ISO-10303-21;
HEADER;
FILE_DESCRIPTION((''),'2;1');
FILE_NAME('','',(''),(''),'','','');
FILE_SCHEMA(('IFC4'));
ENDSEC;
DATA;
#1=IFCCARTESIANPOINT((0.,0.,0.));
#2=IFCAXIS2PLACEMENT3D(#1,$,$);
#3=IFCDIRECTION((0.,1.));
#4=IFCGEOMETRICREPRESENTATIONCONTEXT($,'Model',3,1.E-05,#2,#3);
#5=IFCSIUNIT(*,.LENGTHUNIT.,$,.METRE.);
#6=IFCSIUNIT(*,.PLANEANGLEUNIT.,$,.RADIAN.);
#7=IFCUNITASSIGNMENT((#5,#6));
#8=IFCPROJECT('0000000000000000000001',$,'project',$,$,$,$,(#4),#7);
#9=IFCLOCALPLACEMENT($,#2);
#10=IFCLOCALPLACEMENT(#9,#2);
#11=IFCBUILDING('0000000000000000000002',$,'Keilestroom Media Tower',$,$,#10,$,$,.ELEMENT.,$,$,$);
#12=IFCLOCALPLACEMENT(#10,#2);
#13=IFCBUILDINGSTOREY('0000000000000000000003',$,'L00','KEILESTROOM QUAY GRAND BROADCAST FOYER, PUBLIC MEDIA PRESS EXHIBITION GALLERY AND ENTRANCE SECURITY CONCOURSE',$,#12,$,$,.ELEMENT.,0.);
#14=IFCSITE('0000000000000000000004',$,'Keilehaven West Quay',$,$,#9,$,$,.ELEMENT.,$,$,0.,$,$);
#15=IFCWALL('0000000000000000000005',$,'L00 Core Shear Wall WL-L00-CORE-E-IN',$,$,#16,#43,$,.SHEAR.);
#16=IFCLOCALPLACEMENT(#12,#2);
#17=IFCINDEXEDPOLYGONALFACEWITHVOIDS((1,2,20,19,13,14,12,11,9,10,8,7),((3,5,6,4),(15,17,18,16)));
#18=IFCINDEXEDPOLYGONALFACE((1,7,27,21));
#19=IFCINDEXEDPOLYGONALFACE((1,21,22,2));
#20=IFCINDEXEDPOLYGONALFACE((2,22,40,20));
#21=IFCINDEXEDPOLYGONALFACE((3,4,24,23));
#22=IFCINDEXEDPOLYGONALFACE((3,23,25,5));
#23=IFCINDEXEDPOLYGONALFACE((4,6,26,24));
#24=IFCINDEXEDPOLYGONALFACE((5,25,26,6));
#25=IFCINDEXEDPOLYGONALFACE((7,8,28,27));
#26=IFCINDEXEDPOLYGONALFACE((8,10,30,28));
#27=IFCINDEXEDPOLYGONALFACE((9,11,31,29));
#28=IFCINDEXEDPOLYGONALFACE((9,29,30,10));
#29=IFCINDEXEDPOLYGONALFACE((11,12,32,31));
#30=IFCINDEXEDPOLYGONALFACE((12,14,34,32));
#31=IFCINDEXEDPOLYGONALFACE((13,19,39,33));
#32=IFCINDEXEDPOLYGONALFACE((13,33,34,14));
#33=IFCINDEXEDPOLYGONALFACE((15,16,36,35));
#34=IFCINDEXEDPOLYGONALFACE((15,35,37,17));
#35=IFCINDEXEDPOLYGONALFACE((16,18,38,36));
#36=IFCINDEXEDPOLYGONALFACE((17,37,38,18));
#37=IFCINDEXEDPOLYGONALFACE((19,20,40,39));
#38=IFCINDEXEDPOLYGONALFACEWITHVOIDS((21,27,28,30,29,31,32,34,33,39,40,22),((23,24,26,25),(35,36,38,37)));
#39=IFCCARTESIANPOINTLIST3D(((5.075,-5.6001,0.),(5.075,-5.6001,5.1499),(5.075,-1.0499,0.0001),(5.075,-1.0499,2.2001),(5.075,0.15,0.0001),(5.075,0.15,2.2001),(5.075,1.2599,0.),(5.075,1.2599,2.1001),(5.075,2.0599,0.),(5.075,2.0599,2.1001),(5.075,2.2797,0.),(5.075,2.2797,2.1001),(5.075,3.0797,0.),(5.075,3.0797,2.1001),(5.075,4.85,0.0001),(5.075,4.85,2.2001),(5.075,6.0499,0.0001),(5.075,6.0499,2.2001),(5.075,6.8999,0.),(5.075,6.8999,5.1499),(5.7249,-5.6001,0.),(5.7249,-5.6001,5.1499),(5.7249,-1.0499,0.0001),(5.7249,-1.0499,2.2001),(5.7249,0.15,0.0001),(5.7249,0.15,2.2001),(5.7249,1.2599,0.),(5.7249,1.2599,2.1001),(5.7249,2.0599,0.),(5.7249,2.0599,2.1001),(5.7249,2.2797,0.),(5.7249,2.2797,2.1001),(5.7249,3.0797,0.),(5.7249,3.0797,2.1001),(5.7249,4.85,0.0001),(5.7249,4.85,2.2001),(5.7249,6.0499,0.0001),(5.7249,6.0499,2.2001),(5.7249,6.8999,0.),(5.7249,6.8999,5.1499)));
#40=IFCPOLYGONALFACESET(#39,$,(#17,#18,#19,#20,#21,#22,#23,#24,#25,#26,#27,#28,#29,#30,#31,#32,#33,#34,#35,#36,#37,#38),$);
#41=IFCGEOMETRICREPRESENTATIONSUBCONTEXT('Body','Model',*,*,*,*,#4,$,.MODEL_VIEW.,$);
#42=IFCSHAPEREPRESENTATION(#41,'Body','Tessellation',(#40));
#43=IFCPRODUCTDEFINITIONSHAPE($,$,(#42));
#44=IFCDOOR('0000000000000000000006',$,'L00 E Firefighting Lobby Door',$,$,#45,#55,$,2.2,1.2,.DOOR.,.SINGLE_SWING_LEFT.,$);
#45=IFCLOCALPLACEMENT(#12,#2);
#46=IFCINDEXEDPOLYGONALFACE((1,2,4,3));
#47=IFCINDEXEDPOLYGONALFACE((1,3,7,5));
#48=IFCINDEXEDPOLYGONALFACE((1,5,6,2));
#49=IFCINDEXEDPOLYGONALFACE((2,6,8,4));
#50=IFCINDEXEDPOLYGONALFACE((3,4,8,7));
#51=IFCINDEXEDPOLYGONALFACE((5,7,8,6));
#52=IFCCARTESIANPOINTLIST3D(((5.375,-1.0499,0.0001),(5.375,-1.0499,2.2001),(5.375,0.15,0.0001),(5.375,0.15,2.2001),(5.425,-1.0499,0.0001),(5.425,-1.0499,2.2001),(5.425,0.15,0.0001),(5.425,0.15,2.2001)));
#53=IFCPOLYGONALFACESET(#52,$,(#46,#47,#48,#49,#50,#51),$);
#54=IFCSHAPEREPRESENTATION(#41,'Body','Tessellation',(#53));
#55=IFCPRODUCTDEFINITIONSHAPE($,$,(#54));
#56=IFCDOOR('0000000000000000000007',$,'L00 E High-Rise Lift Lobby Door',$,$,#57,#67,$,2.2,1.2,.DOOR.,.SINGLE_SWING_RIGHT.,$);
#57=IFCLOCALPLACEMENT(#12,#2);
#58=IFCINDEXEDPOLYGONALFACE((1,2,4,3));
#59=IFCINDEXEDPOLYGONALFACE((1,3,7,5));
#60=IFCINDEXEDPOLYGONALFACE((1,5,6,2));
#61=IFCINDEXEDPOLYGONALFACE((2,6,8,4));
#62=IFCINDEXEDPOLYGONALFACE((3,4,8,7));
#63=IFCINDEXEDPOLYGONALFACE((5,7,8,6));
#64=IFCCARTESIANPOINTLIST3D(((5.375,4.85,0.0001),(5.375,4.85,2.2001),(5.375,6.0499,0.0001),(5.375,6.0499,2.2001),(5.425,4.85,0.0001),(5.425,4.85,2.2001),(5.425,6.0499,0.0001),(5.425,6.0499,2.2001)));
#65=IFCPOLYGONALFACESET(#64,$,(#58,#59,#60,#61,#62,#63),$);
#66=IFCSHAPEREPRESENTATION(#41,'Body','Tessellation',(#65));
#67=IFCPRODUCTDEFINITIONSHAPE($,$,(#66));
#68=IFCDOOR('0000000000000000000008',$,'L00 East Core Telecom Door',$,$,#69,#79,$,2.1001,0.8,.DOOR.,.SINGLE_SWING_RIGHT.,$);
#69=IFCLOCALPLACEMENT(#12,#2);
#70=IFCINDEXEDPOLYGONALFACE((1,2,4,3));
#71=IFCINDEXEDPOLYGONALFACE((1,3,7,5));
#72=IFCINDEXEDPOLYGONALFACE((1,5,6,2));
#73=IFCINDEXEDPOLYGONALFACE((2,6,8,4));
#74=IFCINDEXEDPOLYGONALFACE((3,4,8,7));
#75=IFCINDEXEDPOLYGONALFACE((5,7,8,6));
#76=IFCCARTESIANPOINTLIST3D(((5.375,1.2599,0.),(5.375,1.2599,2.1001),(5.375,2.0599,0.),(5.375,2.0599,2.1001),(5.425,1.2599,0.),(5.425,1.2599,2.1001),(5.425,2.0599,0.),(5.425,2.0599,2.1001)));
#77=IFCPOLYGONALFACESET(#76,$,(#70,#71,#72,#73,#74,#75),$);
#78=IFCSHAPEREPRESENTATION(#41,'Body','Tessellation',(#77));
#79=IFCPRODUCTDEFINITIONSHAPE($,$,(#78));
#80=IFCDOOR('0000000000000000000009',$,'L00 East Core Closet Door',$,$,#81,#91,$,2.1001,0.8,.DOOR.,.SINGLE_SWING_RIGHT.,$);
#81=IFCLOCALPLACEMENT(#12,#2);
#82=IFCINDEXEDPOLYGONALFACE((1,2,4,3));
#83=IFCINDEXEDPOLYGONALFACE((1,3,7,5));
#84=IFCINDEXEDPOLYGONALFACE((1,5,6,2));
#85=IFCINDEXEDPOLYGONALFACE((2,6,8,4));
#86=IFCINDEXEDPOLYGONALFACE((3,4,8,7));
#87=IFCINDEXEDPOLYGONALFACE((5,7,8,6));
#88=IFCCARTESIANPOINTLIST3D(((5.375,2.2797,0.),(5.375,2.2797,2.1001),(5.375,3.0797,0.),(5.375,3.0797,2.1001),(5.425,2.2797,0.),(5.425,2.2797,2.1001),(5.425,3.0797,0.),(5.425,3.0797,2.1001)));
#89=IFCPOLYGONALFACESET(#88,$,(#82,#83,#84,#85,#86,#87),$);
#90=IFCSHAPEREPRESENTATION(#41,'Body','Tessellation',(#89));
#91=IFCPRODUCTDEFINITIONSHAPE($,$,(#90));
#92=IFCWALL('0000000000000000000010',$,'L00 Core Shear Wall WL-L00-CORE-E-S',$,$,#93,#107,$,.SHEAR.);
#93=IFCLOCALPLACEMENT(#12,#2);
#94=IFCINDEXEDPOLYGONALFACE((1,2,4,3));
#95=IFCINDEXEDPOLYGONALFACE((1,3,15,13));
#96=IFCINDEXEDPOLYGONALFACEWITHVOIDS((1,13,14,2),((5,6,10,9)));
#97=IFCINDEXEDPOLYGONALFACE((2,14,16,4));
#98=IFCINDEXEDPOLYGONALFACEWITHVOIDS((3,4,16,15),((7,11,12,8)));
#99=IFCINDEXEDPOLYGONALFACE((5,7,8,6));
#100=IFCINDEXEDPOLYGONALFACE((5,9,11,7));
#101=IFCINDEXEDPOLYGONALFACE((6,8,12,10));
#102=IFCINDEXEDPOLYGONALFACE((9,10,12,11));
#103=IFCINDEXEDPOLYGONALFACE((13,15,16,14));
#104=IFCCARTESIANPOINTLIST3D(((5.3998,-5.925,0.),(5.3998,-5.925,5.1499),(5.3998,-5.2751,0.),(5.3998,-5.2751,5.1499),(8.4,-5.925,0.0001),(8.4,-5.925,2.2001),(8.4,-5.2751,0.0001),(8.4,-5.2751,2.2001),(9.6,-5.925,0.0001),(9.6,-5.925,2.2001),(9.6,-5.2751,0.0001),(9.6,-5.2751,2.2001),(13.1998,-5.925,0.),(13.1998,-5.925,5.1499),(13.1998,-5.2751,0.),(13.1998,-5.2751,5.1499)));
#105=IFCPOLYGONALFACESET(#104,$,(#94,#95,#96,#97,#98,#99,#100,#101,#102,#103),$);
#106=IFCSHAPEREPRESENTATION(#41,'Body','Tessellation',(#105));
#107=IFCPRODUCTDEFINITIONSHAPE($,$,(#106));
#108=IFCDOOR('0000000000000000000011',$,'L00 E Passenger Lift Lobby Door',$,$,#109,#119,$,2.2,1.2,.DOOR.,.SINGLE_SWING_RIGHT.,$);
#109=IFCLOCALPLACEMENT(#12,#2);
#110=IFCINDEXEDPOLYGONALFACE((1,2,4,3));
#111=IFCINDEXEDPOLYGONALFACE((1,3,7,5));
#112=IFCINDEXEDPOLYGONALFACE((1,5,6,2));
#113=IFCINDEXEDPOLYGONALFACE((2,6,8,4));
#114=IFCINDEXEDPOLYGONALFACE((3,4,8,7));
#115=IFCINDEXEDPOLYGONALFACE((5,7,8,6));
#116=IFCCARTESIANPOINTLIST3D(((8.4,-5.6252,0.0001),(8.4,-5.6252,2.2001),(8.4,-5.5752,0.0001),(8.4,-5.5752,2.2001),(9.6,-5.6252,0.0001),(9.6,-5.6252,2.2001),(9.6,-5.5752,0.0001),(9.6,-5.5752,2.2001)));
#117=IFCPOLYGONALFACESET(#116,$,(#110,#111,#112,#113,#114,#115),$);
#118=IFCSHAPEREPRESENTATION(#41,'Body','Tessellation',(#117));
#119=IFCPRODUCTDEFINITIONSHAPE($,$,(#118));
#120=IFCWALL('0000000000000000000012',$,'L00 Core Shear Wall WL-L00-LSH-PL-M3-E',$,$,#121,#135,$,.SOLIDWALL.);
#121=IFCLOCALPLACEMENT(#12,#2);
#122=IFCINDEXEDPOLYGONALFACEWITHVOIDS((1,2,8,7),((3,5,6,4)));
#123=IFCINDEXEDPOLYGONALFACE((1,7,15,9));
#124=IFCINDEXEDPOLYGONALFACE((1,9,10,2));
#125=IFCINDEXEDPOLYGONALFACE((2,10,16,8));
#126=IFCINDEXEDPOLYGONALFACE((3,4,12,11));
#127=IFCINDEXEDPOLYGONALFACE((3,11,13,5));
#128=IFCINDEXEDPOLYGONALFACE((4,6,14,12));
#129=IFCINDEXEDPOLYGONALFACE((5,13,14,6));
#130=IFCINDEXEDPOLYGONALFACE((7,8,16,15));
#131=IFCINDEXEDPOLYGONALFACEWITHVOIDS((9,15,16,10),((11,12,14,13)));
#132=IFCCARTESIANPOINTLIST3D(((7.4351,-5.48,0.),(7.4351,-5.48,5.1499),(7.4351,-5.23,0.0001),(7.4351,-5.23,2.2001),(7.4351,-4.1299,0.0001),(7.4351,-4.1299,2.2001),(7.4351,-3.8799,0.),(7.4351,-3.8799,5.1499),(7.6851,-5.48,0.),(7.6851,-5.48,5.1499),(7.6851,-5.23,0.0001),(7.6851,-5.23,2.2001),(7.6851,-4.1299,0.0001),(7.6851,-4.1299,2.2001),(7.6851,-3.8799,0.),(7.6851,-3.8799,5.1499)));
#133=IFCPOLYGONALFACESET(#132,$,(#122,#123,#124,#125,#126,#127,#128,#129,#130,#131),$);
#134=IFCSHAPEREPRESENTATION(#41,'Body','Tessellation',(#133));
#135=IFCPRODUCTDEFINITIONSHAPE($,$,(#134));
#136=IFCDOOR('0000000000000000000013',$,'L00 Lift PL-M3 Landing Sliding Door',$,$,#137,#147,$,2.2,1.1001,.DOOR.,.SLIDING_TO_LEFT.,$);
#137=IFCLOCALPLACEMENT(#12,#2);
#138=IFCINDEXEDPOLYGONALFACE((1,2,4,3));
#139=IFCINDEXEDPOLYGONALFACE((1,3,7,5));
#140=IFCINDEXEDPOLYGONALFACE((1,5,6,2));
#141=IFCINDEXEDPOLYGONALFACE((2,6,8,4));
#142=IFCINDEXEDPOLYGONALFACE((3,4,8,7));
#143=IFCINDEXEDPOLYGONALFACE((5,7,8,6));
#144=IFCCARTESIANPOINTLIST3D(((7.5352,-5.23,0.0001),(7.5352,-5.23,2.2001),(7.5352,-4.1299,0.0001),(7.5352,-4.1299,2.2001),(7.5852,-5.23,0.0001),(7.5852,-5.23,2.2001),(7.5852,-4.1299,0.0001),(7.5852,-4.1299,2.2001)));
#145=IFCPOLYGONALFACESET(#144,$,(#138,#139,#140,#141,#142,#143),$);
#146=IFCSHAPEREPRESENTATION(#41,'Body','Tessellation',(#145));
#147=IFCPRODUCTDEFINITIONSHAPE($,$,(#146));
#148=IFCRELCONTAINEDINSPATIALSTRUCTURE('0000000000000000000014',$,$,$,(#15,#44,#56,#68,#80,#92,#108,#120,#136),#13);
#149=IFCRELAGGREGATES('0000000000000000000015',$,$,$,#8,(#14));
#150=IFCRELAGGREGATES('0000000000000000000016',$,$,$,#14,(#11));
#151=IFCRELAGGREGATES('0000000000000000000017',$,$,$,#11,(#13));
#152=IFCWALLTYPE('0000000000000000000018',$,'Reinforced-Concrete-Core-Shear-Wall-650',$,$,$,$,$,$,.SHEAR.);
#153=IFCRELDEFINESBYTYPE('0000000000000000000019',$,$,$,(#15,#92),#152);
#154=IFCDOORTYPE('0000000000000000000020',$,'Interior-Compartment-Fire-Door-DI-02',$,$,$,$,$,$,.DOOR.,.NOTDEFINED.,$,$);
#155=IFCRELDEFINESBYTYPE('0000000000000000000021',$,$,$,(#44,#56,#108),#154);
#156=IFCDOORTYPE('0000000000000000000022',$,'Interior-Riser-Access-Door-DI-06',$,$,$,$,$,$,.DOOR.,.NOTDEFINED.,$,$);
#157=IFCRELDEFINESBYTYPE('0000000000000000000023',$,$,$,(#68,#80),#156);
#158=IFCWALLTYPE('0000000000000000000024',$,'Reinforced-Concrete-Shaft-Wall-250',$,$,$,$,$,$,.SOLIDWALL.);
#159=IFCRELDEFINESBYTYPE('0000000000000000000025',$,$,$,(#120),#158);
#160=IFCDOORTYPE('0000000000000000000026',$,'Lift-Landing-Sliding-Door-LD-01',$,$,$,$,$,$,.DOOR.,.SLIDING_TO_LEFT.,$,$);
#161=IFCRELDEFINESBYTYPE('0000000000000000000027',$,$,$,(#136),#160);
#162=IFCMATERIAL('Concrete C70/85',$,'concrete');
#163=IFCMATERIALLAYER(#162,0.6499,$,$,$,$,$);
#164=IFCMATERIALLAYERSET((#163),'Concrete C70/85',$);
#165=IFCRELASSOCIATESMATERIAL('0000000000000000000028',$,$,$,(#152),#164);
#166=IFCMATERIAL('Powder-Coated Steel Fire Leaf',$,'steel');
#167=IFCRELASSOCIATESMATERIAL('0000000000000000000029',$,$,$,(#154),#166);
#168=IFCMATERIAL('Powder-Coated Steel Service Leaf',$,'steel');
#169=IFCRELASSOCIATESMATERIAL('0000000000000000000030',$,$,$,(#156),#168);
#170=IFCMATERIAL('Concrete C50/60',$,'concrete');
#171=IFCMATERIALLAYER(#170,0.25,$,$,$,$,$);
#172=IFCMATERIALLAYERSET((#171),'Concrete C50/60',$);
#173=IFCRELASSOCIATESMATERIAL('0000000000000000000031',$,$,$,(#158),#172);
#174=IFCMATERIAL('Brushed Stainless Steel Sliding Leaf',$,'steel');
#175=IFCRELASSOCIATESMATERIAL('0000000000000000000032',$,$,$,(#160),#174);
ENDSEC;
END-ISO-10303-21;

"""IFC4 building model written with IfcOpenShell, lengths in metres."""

from ifc_helpers import new_model, si_unit, direction, frame, frame_2d, origin, place, context, subcontext, project, spatial, rectangle, extrude, source, transform, mapped, material, layer, layer_set, type_object, element, fill, save


model = new_model("IFC4")

# Units and contexts
model_context = context("Model", 3, precision=1e-05, world=origin(), true_north=direction((0.0, 1.0)))
body_context = subcontext(model_context, "Body", "Model", "MODEL_VIEW")
ifc_project = project(units=[si_unit("LENGTHUNIT", "METRE"), si_unit("PLANEANGLEUNIT", "RADIAN")], contexts=[model_context])

# Site, building, storey
site_placement = place(None, origin())
site = spatial("IfcSite", under=ifc_project, at=site_placement, Name="Keilehaven West Quay", CompositionType="ELEMENT", RefElevation=0.0)
building_placement = place(site_placement, origin())
building = spatial("IfcBuilding", under=site, at=building_placement, Name="Keilestroom Media Tower", CompositionType="ELEMENT")
storey_placement = place(building_placement, origin())
storey = spatial("IfcBuildingStorey", under=building, at=storey_placement, Name="L00", Description="KEILESTROOM QUAY GRAND BROADCAST FOYER, PUBLIC MEDIA PRESS EXHIBITION GALLERY AND ENTRANCE SECURITY CONCOURSE", CompositionType="ELEMENT", Elevation=0.0)

# Shared definitions
ifc_material_1 = material(Name="Concrete C70/85", Category="concrete")

# Shared definitions
ifc_layer_1 = layer(ifc_material_1, 0.6499)
ifc_layer_set_1 = layer_set([ifc_layer_1], Name="Concrete C70/85")
wall_type_1 = type_object("IfcWallType", Name="Reinforced-Concrete-Core-Shear-Wall-650", PredefinedType="SHEAR", material=ifc_layer_set_1)

# Wall, openings, doors
wall_1_placement = place(storey_placement, frame((5.3999, -5.6001, 0.0), z_axis=(0.0, 0.0, 1.0), x_axis=(0.0, 1.0, 0.0)))
wall_1 = element("IfcWall", 1, at=wall_1_placement, inside=storey, type_object=wall_type_1, Name="L00 Core Shear Wall WL-L00-CORE-E-IN", PredefinedType="SHEAR", context=body_context, shape_type="SweptSolid", body=[
    extrude(rectangle(XDim=12.5, YDim=0.6499, at=frame_2d((6.25, 0.0))), origin(), (0.0, 0.0, 1.0), 5.1499),
])
opening_1_placement = place(wall_1_placement, frame((4.55, 0.0, 0.0)))
opening_1 = element("IfcOpeningElement", 2, at=opening_1_placement, cuts=wall_1, PredefinedType="OPENING", context=body_context, shape_type="SweptSolid", body=[
    extrude(rectangle(XDim=1.2, YDim=2.2, at=frame_2d((0.6001, 1.1001))), frame((0.0, 0.335, 0.0), z_axis=(0.0, -1.0, 0.0), x_axis=(1.0, 0.0, 0.0)), (0.0, 0.0, 1.0), 0.6699),
])
opening_2_placement = place(wall_1_placement, frame((10.45, 0.0, 0.0)))
opening_2 = element("IfcOpeningElement", 3, at=opening_2_placement, cuts=wall_1, PredefinedType="OPENING", context=body_context, shape_type="SweptSolid", body=[
    extrude(rectangle(XDim=1.2, YDim=2.2, at=frame_2d((0.6001, 1.1001))), frame((0.0, 0.335, 0.0), z_axis=(0.0, -1.0, 0.0), x_axis=(1.0, 0.0, 0.0)), (0.0, 0.0, 1.0), 0.6699),
])
opening_3_placement = place(wall_1_placement, frame((6.8601, 0.0, 0.0)))
opening_3 = element("IfcOpeningElement", 4, at=opening_3_placement, cuts=wall_1, PredefinedType="OPENING", context=body_context, shape_type="SweptSolid", body=[
    extrude(rectangle(XDim=0.8, YDim=2.1001, at=frame_2d((0.3999, 1.05))), frame((0.0, 0.335, 0.0), z_axis=(0.0, -1.0, 0.0), x_axis=(1.0, 0.0, 0.0)), (0.0, 0.0, 1.0), 0.6699),
])
opening_4_placement = place(wall_1_placement, frame((7.8799, 0.0, 0.0)))
opening_4 = element("IfcOpeningElement", 5, at=opening_4_placement, cuts=wall_1, PredefinedType="OPENING", context=body_context, shape_type="SweptSolid", body=[
    extrude(rectangle(XDim=0.8, YDim=2.1001, at=frame_2d((0.3999, 1.05))), frame((0.0, 0.335, 0.0), z_axis=(0.0, -1.0, 0.0), x_axis=(1.0, 0.0, 0.0)), (0.0, 0.0, 1.0), 0.6699),
])
ifc_material_2 = material(Name="Powder-Coated Steel Fire Leaf", Category="steel")
door_type_1 = type_object("IfcDoorType", Name="Interior-Compartment-Fire-Door-DI-02", OperationType="NOTDEFINED", PredefinedType="DOOR", material=ifc_material_2)
shared_shape_1 = source(origin(), body_context, "Body", "SweptSolid", [
    extrude(rectangle(XDim=1.2, YDim=2.2, at=frame_2d((0.6001, 1.1001))), frame((0.0, 0.0249, 0.0), z_axis=(0.0, -1.0, 0.0), x_axis=(1.0, 0.0, 0.0)), (0.0, 0.0, 1.0), 0.05),
])
door_1_placement = place(opening_1_placement, origin())
door_1 = element("IfcDoor", 6, at=door_1_placement, inside=storey, type_object=door_type_1, Name="L00 E Firefighting Lobby Door", OperationType="SINGLE_SWING_LEFT", OverallHeight=2.2, OverallWidth=1.2, PredefinedType="DOOR", context=body_context, shape_type="MappedRepresentation", body=[
    mapped(shared_shape_1, transform((0.0, 0.0, 0.0), x_axis=(1.0, 0.0, 0.0), y_axis=(0.0, 1.0, 0.0), z_axis=(0.0, 0.0, 1.0), scale=1.0)),
])
fill(opening_1, door_1)
door_2_placement = place(opening_2_placement, origin())
door_2 = element("IfcDoor", 7, at=door_2_placement, inside=storey, type_object=door_type_1, Name="L00 E High-Rise Lift Lobby Door", OperationType="SINGLE_SWING_RIGHT", OverallHeight=2.2, OverallWidth=1.2, PredefinedType="DOOR", context=body_context, shape_type="MappedRepresentation", body=[
    mapped(shared_shape_1, transform((0.0, 0.0, 0.0), x_axis=(1.0, 0.0, 0.0), y_axis=(0.0, 1.0, 0.0), z_axis=(0.0, 0.0, 1.0), scale=1.0)),
])
fill(opening_2, door_2)
ifc_material_3 = material(Name="Powder-Coated Steel Service Leaf", Category="steel")
door_type_2 = type_object("IfcDoorType", Name="Interior-Riser-Access-Door-DI-06", OperationType="NOTDEFINED", PredefinedType="DOOR", material=ifc_material_3)
shared_shape_2 = source(origin(), body_context, "Body", "SweptSolid", [
    extrude(rectangle(XDim=0.8, YDim=2.1001, at=frame_2d((0.3999, 1.05))), frame((0.0, 0.0249, 0.0), z_axis=(0.0, -1.0, 0.0), x_axis=(1.0, 0.0, 0.0)), (0.0, 0.0, 1.0), 0.05),
])
door_3_placement = place(opening_3_placement, origin())
door_3 = element("IfcDoor", 8, at=door_3_placement, inside=storey, type_object=door_type_2, Name="L00 East Core Telecom Door", OperationType="SINGLE_SWING_RIGHT", OverallHeight=2.1001, OverallWidth=0.8, PredefinedType="DOOR", context=body_context, shape_type="MappedRepresentation", body=[
    mapped(shared_shape_2, transform((0.0, 0.0, 0.0), x_axis=(1.0, 0.0, 0.0), y_axis=(0.0, 1.0, 0.0), z_axis=(0.0, 0.0, 1.0), scale=1.0)),
])
fill(opening_3, door_3)
door_4_placement = place(opening_4_placement, origin())
door_4 = element("IfcDoor", 9, at=door_4_placement, inside=storey, type_object=door_type_2, Name="L00 East Core Closet Door", OperationType="SINGLE_SWING_RIGHT", OverallHeight=2.1001, OverallWidth=0.8, PredefinedType="DOOR", context=body_context, shape_type="MappedRepresentation", body=[
    mapped(shared_shape_2, transform((0.0, 0.0, 0.0), x_axis=(1.0, 0.0, 0.0), y_axis=(0.0, 1.0, 0.0), z_axis=(0.0, 0.0, 1.0), scale=1.0)),
])
fill(opening_4, door_4)

# Walls, openings, doors
wall_2_placement = place(storey_placement, frame((5.3999, -5.6001, 0.0), z_axis=(0.0, 0.0, 1.0), x_axis=(1.0, 0.0, 0.0)))
wall_2 = element("IfcWall", 10, at=wall_2_placement, inside=storey, type_object=wall_type_1, Name="L00 Core Shear Wall WL-L00-CORE-E-S", PredefinedType="SHEAR", context=body_context, shape_type="SweptSolid", body=[
    extrude(rectangle(XDim=7.8, YDim=0.6499, at=frame_2d((3.8999, 0.0))), origin(), (0.0, 0.0, 1.0), 5.1499),
])
opening_5_placement = place(wall_2_placement, frame((3.0, 0.0, 0.0)))
opening_5 = element("IfcOpeningElement", 11, at=opening_5_placement, cuts=wall_2, PredefinedType="OPENING", context=body_context, shape_type="SweptSolid", body=[
    extrude(rectangle(XDim=1.2, YDim=2.2, at=frame_2d((0.6001, 1.1001))), frame((0.0, 0.335, 0.0), z_axis=(0.0, -1.0, 0.0), x_axis=(1.0, 0.0, 0.0)), (0.0, 0.0, 1.0), 0.6699),
])
door_5_placement = place(opening_5_placement, origin())
door_5 = element("IfcDoor", 12, at=door_5_placement, inside=storey, type_object=door_type_1, Name="L00 E Passenger Lift Lobby Door", OperationType="SINGLE_SWING_RIGHT", OverallHeight=2.2, OverallWidth=1.2, PredefinedType="DOOR", context=body_context, shape_type="MappedRepresentation", body=[
    mapped(shared_shape_1, transform((0.0, 0.0, 0.0), x_axis=(1.0, 0.0, 0.0), y_axis=(0.0, 1.0, 0.0), z_axis=(0.0, 0.0, 1.0), scale=1.0)),
])
fill(opening_5, door_5)
ifc_material_4 = material(Name="Concrete C50/60", Category="concrete")
ifc_layer_2 = layer(ifc_material_4, 0.25)
ifc_layer_set_2 = layer_set([ifc_layer_2], Name="Concrete C50/60")
wall_type_2 = type_object("IfcWallType", Name="Reinforced-Concrete-Shaft-Wall-250", PredefinedType="SOLIDWALL", material=ifc_layer_set_2)
wall_3_placement = place(storey_placement, frame((7.5601, -5.48, 0.0), z_axis=(0.0, 0.0, 1.0), x_axis=(0.0, 1.0, 0.0)))
wall_3 = element("IfcWall", 13, at=wall_3_placement, inside=storey, type_object=wall_type_2, Name="L00 Core Shear Wall WL-L00-LSH-PL-M3-E", PredefinedType="SOLIDWALL", context=body_context, shape_type="SweptSolid", body=[
    extrude(rectangle(XDim=1.6001, YDim=0.25, at=frame_2d((0.8, 0.0))), origin(), (0.0, 0.0, 1.0), 5.1499),
])
opening_6_placement = place(wall_3_placement, frame((0.25, 0.0, 0.0)))
opening_6 = element("IfcOpeningElement", 14, at=opening_6_placement, cuts=wall_3, PredefinedType="OPENING", context=body_context, shape_type="SweptSolid", body=[
    extrude(rectangle(XDim=1.1001, YDim=2.2, at=frame_2d((0.55, 1.1001))), frame((0.0, 0.135, 0.0), z_axis=(0.0, -1.0, 0.0), x_axis=(1.0, 0.0, 0.0)), (0.0, 0.0, 1.0), 0.27),
])
ifc_material_5 = material(Name="Brushed Stainless Steel Sliding Leaf", Category="steel")
door_type_3 = type_object("IfcDoorType", Name="Lift-Landing-Sliding-Door-LD-01", OperationType="SLIDING_TO_LEFT", PredefinedType="DOOR", material=ifc_material_5)
shared_shape_3 = source(origin(), body_context, "Body", "SweptSolid", [
    extrude(rectangle(XDim=1.1001, YDim=2.2, at=frame_2d((0.55, 1.1001))), frame((0.0, 0.0249, 0.0), z_axis=(0.0, -1.0, 0.0), x_axis=(1.0, 0.0, 0.0)), (0.0, 0.0, 1.0), 0.05),
])
door_6_placement = place(opening_6_placement, origin())
door_6 = element("IfcDoor", 15, at=door_6_placement, inside=storey, type_object=door_type_3, Name="L00 Lift PL-M3 Landing Sliding Door", OperationType="SLIDING_TO_LEFT", OverallHeight=2.2, OverallWidth=1.1001, PredefinedType="DOOR", context=body_context, shape_type="MappedRepresentation", body=[
    mapped(shared_shape_3, transform((0.0, 0.0, 0.0), x_axis=(1.0, 0.0, 0.0), y_axis=(0.0, 1.0, 0.0), z_axis=(0.0, 0.0, 1.0), scale=1.0)),
])
fill(opening_6, door_6)

save(model, "model.ifc")
